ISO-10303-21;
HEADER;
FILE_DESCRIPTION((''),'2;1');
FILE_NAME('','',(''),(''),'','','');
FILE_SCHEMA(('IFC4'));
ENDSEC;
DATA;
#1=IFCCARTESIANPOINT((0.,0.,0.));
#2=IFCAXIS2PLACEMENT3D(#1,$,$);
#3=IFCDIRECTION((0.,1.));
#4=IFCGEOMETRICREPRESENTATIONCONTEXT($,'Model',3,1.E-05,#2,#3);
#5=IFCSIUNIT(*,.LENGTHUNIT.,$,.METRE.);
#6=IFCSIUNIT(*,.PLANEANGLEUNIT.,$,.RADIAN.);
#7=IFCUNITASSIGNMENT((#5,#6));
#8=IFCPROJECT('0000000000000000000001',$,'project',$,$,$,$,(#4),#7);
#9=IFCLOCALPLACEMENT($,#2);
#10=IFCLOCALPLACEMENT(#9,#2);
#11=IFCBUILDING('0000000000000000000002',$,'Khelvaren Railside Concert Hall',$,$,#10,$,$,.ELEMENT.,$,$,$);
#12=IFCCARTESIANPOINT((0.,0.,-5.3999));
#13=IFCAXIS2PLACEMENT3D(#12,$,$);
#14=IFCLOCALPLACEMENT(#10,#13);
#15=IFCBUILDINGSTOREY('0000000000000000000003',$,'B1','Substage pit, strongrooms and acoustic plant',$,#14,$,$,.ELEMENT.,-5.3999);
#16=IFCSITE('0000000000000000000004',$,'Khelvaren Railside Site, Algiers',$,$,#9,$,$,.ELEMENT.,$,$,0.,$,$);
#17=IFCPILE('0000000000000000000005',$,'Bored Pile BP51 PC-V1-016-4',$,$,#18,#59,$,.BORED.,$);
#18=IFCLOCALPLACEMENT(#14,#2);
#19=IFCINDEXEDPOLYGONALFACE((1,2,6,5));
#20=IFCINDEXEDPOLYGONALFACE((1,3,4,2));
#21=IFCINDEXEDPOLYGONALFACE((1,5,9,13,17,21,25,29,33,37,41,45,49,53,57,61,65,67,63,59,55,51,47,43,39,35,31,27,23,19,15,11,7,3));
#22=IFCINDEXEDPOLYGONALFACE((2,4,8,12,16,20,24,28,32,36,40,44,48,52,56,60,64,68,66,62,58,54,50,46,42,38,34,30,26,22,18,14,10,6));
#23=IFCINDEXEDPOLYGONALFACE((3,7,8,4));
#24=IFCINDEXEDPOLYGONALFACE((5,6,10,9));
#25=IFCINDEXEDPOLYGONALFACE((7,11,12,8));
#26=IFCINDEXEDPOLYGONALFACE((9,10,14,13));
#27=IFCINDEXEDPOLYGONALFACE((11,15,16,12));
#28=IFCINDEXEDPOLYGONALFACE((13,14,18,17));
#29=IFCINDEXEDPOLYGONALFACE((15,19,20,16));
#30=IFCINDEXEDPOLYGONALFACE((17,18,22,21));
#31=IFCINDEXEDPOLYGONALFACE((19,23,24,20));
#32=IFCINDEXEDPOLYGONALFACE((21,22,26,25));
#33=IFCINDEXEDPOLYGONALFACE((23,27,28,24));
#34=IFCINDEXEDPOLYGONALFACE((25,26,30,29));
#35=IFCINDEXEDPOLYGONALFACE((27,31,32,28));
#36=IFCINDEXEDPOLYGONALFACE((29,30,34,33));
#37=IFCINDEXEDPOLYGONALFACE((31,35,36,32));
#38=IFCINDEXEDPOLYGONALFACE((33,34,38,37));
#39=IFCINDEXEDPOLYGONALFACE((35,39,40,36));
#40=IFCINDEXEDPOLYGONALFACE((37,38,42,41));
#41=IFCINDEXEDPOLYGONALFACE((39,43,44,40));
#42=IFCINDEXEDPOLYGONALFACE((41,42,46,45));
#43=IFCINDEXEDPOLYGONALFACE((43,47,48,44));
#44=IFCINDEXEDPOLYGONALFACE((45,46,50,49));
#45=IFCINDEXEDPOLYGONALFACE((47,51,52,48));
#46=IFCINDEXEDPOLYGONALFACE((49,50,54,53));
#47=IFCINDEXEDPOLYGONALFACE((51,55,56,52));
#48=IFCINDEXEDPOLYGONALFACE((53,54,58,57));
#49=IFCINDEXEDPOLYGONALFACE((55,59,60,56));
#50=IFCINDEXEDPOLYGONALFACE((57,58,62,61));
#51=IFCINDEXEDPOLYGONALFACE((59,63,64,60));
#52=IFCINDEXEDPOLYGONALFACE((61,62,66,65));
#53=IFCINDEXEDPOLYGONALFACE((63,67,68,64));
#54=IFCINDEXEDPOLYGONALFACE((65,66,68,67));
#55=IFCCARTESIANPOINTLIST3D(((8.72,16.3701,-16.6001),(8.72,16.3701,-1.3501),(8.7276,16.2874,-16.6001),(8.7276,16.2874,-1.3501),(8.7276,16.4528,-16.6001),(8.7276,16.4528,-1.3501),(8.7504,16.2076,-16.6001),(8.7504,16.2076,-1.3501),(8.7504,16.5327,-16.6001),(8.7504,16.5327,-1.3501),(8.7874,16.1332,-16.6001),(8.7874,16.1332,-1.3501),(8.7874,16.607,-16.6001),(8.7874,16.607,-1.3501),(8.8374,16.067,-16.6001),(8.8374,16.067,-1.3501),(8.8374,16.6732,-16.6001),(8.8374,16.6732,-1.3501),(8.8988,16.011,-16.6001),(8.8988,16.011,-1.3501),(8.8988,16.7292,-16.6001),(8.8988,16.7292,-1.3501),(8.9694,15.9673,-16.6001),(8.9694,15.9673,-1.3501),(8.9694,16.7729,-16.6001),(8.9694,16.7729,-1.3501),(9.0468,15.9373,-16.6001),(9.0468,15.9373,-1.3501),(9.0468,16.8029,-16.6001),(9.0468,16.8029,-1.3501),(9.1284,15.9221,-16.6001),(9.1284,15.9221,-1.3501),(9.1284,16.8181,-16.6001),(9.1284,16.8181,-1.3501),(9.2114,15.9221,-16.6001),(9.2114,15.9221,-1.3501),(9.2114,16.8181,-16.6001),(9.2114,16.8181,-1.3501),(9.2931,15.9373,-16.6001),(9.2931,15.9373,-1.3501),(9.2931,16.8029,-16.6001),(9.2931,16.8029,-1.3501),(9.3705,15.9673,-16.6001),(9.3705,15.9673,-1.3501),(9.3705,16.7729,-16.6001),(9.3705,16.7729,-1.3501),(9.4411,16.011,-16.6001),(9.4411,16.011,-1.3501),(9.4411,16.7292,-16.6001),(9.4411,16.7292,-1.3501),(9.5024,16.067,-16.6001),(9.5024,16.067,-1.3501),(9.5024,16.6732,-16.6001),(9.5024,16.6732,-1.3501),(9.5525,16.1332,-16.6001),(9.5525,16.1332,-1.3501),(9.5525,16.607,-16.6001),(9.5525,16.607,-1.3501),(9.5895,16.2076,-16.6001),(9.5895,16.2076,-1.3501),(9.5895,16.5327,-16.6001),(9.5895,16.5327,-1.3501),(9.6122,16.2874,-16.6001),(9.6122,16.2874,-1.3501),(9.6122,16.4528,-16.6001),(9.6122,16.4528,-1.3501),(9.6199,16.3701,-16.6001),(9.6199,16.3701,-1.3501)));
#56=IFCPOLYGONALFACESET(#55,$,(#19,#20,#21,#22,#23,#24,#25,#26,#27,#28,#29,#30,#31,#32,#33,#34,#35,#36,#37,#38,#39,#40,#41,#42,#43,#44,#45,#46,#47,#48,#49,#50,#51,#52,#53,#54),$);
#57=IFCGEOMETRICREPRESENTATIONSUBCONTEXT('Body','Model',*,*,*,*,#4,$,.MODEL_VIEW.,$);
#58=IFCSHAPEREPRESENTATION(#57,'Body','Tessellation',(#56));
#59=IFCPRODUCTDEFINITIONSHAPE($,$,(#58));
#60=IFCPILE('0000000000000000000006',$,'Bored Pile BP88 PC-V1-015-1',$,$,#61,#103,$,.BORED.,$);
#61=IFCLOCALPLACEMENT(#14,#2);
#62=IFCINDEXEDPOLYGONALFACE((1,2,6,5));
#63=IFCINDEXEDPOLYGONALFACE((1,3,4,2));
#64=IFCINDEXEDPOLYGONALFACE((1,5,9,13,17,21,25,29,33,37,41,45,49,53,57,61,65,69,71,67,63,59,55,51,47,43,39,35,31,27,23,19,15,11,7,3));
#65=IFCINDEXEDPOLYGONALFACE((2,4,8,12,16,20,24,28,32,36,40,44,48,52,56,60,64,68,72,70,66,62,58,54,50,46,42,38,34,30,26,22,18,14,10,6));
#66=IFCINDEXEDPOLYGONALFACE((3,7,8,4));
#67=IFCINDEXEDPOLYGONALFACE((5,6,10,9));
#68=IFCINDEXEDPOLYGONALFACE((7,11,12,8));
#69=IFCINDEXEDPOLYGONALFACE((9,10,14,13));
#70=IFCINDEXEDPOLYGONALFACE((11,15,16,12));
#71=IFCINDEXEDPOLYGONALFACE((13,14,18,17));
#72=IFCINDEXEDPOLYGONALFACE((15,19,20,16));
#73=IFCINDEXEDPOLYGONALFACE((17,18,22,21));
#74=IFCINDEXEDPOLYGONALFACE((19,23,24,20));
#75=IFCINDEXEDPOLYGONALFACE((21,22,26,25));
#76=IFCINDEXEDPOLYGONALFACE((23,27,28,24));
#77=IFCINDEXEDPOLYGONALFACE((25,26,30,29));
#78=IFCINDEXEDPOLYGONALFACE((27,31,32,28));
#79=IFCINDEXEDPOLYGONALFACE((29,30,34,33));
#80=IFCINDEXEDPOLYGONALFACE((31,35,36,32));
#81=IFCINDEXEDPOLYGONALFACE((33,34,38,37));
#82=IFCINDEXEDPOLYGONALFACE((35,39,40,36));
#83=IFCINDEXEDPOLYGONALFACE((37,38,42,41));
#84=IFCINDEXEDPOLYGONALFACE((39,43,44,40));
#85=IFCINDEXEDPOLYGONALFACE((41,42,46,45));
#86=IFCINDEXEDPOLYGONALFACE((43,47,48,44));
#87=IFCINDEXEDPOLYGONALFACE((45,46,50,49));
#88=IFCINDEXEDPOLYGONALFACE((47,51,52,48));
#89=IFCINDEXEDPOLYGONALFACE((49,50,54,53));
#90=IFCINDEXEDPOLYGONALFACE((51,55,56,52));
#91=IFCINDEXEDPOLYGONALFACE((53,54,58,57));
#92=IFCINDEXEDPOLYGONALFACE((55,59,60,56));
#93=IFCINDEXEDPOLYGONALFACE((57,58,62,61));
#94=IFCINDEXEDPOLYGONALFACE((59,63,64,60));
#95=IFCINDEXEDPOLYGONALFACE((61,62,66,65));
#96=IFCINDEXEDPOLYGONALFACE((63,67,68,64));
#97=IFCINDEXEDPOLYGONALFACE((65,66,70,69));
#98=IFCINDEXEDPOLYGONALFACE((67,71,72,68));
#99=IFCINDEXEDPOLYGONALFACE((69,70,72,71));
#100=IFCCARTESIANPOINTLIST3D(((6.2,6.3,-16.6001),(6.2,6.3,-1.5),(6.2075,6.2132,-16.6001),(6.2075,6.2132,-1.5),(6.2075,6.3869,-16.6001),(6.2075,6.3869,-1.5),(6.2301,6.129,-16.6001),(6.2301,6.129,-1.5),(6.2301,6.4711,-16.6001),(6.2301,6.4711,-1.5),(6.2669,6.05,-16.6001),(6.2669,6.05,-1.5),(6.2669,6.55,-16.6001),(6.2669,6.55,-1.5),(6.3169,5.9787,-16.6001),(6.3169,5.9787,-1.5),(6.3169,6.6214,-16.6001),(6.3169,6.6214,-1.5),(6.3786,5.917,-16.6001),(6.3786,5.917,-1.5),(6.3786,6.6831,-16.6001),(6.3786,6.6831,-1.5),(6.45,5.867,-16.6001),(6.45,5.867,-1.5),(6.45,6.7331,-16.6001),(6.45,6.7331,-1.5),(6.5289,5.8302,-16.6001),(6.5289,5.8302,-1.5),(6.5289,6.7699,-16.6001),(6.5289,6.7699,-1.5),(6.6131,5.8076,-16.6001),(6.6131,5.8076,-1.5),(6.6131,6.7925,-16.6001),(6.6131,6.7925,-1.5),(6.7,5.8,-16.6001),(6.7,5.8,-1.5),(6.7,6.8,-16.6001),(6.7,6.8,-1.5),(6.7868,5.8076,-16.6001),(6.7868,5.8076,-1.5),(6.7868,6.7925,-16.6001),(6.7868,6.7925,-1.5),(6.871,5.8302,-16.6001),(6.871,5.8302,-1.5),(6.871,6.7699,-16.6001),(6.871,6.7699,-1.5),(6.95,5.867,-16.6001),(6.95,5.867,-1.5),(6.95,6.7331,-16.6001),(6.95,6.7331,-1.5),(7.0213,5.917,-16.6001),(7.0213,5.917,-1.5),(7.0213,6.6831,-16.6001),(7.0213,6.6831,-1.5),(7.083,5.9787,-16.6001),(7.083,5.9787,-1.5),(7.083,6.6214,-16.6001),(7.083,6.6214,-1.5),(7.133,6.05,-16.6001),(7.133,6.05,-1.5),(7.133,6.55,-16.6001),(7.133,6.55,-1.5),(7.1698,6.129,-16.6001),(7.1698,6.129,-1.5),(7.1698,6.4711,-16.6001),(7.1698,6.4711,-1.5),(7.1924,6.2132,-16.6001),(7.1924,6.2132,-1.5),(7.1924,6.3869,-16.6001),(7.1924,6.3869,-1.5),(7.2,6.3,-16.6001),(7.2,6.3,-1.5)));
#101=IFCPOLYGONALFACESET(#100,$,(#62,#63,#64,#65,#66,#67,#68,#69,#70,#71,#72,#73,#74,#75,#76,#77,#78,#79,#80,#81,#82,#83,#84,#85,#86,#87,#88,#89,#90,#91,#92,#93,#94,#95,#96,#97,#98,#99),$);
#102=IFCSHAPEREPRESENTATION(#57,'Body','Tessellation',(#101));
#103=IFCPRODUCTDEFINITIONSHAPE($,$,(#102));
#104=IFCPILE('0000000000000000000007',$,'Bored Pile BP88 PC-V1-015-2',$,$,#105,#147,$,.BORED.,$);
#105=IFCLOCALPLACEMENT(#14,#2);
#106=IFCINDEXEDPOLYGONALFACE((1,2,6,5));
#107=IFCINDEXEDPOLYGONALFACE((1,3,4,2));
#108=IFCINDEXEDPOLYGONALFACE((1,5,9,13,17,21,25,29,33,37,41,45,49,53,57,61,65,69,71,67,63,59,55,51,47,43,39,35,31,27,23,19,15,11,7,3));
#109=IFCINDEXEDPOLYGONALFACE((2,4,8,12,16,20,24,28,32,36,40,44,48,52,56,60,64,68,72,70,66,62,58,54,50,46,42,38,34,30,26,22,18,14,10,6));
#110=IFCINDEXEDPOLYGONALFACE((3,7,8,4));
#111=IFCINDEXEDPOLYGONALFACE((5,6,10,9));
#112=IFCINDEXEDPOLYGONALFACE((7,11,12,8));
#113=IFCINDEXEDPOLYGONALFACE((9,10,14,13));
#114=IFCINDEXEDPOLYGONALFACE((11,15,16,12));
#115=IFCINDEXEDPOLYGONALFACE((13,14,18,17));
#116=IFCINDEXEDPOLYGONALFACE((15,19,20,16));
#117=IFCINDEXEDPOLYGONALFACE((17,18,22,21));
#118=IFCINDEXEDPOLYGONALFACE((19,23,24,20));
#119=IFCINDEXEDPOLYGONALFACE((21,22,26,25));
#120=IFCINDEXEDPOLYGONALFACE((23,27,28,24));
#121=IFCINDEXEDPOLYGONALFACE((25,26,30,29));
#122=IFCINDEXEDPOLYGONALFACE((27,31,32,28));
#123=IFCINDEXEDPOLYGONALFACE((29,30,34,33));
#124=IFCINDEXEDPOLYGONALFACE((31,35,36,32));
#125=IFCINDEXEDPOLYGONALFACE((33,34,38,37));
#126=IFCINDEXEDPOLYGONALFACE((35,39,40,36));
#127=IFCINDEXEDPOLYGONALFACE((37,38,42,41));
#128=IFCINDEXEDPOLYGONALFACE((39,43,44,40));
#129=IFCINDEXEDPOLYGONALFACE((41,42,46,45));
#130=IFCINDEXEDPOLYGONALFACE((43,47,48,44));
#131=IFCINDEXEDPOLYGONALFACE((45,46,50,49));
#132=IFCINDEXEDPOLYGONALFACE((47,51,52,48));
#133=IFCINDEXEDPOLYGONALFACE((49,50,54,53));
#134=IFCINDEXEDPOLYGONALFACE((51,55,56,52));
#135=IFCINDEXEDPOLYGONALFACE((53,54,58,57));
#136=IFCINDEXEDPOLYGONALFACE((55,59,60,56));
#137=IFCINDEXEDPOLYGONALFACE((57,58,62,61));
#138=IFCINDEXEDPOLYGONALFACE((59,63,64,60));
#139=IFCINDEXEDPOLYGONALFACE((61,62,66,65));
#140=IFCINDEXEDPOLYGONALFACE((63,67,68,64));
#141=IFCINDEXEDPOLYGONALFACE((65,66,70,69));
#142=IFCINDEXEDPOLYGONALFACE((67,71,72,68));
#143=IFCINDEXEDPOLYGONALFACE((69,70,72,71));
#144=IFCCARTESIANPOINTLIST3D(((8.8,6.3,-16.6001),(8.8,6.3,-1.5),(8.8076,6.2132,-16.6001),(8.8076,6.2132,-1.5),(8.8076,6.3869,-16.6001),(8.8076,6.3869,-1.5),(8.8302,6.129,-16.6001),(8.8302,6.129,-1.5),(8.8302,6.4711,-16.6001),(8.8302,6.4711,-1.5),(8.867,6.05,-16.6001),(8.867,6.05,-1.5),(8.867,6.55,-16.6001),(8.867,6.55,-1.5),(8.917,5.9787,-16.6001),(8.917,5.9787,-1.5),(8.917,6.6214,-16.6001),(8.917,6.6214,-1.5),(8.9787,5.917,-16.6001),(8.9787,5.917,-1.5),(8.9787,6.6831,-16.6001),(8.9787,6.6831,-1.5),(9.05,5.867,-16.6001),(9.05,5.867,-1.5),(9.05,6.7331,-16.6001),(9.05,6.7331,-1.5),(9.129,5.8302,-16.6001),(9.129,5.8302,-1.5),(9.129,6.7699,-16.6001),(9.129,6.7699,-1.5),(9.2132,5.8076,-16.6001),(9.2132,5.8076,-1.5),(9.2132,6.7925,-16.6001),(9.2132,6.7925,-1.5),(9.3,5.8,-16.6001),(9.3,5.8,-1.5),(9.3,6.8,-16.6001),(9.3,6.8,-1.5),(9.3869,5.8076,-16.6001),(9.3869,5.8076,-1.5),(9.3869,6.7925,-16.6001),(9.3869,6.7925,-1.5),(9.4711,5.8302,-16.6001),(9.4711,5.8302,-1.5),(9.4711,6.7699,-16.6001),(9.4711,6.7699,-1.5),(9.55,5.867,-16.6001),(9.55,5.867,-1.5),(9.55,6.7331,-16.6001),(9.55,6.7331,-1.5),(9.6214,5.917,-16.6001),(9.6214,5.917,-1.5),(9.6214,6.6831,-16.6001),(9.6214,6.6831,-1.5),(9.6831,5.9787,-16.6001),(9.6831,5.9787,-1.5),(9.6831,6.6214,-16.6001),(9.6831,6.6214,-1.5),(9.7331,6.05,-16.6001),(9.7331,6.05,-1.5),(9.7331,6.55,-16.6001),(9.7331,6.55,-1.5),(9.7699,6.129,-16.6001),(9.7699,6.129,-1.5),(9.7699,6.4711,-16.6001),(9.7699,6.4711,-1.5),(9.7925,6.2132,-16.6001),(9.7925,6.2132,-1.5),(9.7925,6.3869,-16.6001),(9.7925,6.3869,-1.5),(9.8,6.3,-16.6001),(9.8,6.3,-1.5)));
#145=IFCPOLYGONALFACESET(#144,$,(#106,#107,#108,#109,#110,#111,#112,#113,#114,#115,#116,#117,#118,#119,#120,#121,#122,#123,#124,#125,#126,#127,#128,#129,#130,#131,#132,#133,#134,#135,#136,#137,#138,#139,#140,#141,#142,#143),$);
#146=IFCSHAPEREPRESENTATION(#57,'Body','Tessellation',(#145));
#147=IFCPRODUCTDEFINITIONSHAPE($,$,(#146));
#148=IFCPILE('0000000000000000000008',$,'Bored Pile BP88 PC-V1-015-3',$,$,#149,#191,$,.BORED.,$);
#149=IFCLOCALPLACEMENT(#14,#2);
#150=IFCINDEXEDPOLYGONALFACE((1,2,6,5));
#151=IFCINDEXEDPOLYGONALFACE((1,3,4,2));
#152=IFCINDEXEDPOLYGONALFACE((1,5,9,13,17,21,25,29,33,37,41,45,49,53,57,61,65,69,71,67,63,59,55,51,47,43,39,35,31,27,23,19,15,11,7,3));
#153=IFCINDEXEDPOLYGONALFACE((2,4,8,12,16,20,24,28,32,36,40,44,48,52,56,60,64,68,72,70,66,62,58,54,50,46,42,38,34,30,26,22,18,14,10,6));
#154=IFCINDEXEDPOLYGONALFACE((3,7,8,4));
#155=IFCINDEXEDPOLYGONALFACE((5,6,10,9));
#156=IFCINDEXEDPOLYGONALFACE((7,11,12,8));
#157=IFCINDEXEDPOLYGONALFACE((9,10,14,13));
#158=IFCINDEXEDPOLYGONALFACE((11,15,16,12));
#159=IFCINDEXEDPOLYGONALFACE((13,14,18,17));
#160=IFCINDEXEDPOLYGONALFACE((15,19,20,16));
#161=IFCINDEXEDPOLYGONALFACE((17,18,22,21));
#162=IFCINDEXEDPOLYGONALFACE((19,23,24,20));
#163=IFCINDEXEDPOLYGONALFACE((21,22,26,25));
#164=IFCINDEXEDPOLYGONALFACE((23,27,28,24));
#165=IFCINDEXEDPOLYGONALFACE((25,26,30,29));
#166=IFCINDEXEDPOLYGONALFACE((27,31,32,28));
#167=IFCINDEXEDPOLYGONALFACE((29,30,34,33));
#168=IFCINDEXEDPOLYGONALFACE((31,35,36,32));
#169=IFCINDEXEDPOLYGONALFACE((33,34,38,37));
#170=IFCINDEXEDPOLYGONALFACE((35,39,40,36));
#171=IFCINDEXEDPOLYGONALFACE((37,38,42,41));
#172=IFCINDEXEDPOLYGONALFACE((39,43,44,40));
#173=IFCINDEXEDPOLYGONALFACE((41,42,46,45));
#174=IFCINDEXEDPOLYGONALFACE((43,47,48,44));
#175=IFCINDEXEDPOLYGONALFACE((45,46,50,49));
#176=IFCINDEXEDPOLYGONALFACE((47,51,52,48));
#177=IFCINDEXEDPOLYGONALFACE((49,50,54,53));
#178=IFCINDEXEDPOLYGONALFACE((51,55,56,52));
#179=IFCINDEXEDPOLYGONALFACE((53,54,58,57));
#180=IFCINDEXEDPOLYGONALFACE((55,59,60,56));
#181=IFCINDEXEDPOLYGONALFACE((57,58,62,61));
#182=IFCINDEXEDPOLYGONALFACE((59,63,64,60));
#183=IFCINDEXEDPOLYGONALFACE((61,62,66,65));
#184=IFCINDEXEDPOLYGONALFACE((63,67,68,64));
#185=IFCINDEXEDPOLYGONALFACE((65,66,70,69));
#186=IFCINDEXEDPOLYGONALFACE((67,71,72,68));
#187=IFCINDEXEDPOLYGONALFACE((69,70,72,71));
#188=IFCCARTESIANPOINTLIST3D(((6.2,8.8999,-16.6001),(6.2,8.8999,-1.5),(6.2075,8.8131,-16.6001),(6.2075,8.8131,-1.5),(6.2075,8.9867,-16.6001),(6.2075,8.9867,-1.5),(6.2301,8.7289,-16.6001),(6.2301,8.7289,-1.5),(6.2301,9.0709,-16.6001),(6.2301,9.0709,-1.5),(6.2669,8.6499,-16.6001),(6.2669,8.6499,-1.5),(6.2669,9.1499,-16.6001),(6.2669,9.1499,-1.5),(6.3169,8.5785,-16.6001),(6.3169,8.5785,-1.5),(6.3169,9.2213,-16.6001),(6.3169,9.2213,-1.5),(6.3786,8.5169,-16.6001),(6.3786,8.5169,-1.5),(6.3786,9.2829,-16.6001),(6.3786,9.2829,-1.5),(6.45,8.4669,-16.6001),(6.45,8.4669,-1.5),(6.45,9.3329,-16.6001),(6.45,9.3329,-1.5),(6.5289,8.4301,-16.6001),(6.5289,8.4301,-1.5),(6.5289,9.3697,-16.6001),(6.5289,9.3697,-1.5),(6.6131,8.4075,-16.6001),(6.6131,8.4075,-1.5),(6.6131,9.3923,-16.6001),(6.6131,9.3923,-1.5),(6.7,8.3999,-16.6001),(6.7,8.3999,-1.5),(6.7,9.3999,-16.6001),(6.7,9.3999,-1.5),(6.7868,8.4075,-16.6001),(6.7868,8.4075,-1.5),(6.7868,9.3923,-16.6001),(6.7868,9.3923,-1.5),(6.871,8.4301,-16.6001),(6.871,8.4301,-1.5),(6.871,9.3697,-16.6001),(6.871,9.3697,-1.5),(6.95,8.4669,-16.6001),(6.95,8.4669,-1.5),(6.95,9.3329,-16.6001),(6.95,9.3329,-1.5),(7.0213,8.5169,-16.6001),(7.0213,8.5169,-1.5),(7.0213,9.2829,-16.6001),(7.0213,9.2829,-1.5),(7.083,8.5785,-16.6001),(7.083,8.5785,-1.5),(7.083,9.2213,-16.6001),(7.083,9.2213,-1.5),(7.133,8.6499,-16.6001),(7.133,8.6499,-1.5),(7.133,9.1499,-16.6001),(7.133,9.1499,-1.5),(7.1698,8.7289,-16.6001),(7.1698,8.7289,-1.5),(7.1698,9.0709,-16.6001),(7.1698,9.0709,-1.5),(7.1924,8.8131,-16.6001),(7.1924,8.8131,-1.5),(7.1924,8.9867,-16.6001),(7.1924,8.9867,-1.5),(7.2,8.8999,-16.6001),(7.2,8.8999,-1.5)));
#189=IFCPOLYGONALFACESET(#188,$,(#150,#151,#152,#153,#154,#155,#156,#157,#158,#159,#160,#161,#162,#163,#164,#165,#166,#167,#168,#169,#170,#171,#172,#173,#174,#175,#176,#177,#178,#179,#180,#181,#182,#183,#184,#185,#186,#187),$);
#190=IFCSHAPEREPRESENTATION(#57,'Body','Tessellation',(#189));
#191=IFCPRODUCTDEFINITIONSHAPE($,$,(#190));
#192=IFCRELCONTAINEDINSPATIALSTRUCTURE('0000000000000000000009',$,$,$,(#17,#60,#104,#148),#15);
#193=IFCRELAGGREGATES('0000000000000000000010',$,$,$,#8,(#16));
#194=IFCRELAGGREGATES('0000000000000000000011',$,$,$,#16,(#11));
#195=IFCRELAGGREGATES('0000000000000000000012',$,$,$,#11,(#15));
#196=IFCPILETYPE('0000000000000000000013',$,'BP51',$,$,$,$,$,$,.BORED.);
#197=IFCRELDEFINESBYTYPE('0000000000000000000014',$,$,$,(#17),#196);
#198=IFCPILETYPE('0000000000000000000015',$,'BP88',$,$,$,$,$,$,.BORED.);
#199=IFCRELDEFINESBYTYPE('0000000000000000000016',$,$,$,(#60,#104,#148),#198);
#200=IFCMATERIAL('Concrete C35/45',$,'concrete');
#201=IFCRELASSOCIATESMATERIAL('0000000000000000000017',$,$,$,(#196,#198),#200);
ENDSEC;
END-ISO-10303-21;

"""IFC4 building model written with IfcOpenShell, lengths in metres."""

from ifc_helpers import new_model, si_unit, direction, frame, origin, origin_2d, place, context, subcontext, project, spatial, circle, extrude, material, material_profile, profile_set, type_object, element, save


model = new_model("IFC4")

# Units and contexts
model_context = context("Model", 3, precision=1e-05, world=origin(), true_north=direction((0.0, 1.0)))
body_context = subcontext(model_context, "Body", "Model", "MODEL_VIEW")
ifc_project = project(units=[si_unit("LENGTHUNIT", "METRE"), si_unit("PLANEANGLEUNIT", "RADIAN")], contexts=[model_context])

# Site, building, storey
site_placement = place(None, origin())
site = spatial("IfcSite", under=ifc_project, at=site_placement, Name="Khelvaren Railside Site, Algiers", CompositionType="ELEMENT", RefElevation=0.0)
building_placement = place(site_placement, origin())
building = spatial("IfcBuilding", under=site, at=building_placement, Name="Khelvaren Railside Concert Hall", CompositionType="ELEMENT")
storey_placement = place(building_placement, frame((0.0, 0.0, -5.3999)))
storey = spatial("IfcBuildingStorey", under=building, at=storey_placement, Name="B1", Description="Substage pit, strongrooms and acoustic plant", CompositionType="ELEMENT", Elevation=-5.3999)

# Piles
ifc_material_1 = material(Name="Concrete C35/45", Category="concrete")
ifc_material_profile_1 = material_profile(ifc_material_1, circle(Radius=0.45, at=origin_2d()), Name="BP D900")
ifc_profile_set_1 = profile_set([ifc_material_profile_1], Name="Concrete C35/45")
pile_type_1 = type_object("IfcPileType", Name="BP51", PredefinedType="BORED", material=ifc_profile_set_1)
for number, where, z_axis, x_axis, name in (
    (1, (9.1699, 16.3701, -1.3501), (0.0, 0.0, -1.0), (1.0, 0.0, 0.0), "Bored Pile BP51 PC-V1-016-4"),
):
    element("IfcPile", number, at=place(storey_placement, frame(where, z_axis=z_axis, x_axis=x_axis)), inside=storey, type_object=pile_type_1, Name=name, PredefinedType="BORED", context=body_context, shape_type="SweptSolid", body=[
        extrude(circle(Radius=0.45, at=origin_2d()), origin(), (0.0, 0.0, 1.0), 15.25),
    ])
ifc_material_profile_2 = material_profile(ifc_material_1, circle(Radius=0.5, at=origin_2d()), Name="BP D1000")
ifc_profile_set_2 = profile_set([ifc_material_profile_2], Name="Concrete C35/45")
pile_type_2 = type_object("IfcPileType", Name="BP88", PredefinedType="BORED", material=ifc_profile_set_2)
for number, where, z_axis, x_axis, name in (
    (2, (6.7, 6.3, -1.5), (0.0, 0.0, -1.0), (1.0, 0.0, 0.0), "Bored Pile BP88 PC-V1-015-1"),
    (3, (9.3, 6.3, -1.5), (0.0, 0.0, -1.0), (1.0, 0.0, 0.0), "Bored Pile BP88 PC-V1-015-2"),
    (4, (6.7, 8.8999, -1.5), (0.0, 0.0, -1.0), (1.0, 0.0, 0.0), "Bored Pile BP88 PC-V1-015-3"),
):
    element("IfcPile", number, at=place(storey_placement, frame(where, z_axis=z_axis, x_axis=x_axis)), inside=storey, type_object=pile_type_2, Name=name, PredefinedType="BORED", context=body_context, shape_type="SweptSolid", body=[
        extrude(circle(Radius=0.5, at=origin_2d()), origin(), (0.0, 0.0, 1.0), 15.1001),
    ])

save(model, "model.ifc")
